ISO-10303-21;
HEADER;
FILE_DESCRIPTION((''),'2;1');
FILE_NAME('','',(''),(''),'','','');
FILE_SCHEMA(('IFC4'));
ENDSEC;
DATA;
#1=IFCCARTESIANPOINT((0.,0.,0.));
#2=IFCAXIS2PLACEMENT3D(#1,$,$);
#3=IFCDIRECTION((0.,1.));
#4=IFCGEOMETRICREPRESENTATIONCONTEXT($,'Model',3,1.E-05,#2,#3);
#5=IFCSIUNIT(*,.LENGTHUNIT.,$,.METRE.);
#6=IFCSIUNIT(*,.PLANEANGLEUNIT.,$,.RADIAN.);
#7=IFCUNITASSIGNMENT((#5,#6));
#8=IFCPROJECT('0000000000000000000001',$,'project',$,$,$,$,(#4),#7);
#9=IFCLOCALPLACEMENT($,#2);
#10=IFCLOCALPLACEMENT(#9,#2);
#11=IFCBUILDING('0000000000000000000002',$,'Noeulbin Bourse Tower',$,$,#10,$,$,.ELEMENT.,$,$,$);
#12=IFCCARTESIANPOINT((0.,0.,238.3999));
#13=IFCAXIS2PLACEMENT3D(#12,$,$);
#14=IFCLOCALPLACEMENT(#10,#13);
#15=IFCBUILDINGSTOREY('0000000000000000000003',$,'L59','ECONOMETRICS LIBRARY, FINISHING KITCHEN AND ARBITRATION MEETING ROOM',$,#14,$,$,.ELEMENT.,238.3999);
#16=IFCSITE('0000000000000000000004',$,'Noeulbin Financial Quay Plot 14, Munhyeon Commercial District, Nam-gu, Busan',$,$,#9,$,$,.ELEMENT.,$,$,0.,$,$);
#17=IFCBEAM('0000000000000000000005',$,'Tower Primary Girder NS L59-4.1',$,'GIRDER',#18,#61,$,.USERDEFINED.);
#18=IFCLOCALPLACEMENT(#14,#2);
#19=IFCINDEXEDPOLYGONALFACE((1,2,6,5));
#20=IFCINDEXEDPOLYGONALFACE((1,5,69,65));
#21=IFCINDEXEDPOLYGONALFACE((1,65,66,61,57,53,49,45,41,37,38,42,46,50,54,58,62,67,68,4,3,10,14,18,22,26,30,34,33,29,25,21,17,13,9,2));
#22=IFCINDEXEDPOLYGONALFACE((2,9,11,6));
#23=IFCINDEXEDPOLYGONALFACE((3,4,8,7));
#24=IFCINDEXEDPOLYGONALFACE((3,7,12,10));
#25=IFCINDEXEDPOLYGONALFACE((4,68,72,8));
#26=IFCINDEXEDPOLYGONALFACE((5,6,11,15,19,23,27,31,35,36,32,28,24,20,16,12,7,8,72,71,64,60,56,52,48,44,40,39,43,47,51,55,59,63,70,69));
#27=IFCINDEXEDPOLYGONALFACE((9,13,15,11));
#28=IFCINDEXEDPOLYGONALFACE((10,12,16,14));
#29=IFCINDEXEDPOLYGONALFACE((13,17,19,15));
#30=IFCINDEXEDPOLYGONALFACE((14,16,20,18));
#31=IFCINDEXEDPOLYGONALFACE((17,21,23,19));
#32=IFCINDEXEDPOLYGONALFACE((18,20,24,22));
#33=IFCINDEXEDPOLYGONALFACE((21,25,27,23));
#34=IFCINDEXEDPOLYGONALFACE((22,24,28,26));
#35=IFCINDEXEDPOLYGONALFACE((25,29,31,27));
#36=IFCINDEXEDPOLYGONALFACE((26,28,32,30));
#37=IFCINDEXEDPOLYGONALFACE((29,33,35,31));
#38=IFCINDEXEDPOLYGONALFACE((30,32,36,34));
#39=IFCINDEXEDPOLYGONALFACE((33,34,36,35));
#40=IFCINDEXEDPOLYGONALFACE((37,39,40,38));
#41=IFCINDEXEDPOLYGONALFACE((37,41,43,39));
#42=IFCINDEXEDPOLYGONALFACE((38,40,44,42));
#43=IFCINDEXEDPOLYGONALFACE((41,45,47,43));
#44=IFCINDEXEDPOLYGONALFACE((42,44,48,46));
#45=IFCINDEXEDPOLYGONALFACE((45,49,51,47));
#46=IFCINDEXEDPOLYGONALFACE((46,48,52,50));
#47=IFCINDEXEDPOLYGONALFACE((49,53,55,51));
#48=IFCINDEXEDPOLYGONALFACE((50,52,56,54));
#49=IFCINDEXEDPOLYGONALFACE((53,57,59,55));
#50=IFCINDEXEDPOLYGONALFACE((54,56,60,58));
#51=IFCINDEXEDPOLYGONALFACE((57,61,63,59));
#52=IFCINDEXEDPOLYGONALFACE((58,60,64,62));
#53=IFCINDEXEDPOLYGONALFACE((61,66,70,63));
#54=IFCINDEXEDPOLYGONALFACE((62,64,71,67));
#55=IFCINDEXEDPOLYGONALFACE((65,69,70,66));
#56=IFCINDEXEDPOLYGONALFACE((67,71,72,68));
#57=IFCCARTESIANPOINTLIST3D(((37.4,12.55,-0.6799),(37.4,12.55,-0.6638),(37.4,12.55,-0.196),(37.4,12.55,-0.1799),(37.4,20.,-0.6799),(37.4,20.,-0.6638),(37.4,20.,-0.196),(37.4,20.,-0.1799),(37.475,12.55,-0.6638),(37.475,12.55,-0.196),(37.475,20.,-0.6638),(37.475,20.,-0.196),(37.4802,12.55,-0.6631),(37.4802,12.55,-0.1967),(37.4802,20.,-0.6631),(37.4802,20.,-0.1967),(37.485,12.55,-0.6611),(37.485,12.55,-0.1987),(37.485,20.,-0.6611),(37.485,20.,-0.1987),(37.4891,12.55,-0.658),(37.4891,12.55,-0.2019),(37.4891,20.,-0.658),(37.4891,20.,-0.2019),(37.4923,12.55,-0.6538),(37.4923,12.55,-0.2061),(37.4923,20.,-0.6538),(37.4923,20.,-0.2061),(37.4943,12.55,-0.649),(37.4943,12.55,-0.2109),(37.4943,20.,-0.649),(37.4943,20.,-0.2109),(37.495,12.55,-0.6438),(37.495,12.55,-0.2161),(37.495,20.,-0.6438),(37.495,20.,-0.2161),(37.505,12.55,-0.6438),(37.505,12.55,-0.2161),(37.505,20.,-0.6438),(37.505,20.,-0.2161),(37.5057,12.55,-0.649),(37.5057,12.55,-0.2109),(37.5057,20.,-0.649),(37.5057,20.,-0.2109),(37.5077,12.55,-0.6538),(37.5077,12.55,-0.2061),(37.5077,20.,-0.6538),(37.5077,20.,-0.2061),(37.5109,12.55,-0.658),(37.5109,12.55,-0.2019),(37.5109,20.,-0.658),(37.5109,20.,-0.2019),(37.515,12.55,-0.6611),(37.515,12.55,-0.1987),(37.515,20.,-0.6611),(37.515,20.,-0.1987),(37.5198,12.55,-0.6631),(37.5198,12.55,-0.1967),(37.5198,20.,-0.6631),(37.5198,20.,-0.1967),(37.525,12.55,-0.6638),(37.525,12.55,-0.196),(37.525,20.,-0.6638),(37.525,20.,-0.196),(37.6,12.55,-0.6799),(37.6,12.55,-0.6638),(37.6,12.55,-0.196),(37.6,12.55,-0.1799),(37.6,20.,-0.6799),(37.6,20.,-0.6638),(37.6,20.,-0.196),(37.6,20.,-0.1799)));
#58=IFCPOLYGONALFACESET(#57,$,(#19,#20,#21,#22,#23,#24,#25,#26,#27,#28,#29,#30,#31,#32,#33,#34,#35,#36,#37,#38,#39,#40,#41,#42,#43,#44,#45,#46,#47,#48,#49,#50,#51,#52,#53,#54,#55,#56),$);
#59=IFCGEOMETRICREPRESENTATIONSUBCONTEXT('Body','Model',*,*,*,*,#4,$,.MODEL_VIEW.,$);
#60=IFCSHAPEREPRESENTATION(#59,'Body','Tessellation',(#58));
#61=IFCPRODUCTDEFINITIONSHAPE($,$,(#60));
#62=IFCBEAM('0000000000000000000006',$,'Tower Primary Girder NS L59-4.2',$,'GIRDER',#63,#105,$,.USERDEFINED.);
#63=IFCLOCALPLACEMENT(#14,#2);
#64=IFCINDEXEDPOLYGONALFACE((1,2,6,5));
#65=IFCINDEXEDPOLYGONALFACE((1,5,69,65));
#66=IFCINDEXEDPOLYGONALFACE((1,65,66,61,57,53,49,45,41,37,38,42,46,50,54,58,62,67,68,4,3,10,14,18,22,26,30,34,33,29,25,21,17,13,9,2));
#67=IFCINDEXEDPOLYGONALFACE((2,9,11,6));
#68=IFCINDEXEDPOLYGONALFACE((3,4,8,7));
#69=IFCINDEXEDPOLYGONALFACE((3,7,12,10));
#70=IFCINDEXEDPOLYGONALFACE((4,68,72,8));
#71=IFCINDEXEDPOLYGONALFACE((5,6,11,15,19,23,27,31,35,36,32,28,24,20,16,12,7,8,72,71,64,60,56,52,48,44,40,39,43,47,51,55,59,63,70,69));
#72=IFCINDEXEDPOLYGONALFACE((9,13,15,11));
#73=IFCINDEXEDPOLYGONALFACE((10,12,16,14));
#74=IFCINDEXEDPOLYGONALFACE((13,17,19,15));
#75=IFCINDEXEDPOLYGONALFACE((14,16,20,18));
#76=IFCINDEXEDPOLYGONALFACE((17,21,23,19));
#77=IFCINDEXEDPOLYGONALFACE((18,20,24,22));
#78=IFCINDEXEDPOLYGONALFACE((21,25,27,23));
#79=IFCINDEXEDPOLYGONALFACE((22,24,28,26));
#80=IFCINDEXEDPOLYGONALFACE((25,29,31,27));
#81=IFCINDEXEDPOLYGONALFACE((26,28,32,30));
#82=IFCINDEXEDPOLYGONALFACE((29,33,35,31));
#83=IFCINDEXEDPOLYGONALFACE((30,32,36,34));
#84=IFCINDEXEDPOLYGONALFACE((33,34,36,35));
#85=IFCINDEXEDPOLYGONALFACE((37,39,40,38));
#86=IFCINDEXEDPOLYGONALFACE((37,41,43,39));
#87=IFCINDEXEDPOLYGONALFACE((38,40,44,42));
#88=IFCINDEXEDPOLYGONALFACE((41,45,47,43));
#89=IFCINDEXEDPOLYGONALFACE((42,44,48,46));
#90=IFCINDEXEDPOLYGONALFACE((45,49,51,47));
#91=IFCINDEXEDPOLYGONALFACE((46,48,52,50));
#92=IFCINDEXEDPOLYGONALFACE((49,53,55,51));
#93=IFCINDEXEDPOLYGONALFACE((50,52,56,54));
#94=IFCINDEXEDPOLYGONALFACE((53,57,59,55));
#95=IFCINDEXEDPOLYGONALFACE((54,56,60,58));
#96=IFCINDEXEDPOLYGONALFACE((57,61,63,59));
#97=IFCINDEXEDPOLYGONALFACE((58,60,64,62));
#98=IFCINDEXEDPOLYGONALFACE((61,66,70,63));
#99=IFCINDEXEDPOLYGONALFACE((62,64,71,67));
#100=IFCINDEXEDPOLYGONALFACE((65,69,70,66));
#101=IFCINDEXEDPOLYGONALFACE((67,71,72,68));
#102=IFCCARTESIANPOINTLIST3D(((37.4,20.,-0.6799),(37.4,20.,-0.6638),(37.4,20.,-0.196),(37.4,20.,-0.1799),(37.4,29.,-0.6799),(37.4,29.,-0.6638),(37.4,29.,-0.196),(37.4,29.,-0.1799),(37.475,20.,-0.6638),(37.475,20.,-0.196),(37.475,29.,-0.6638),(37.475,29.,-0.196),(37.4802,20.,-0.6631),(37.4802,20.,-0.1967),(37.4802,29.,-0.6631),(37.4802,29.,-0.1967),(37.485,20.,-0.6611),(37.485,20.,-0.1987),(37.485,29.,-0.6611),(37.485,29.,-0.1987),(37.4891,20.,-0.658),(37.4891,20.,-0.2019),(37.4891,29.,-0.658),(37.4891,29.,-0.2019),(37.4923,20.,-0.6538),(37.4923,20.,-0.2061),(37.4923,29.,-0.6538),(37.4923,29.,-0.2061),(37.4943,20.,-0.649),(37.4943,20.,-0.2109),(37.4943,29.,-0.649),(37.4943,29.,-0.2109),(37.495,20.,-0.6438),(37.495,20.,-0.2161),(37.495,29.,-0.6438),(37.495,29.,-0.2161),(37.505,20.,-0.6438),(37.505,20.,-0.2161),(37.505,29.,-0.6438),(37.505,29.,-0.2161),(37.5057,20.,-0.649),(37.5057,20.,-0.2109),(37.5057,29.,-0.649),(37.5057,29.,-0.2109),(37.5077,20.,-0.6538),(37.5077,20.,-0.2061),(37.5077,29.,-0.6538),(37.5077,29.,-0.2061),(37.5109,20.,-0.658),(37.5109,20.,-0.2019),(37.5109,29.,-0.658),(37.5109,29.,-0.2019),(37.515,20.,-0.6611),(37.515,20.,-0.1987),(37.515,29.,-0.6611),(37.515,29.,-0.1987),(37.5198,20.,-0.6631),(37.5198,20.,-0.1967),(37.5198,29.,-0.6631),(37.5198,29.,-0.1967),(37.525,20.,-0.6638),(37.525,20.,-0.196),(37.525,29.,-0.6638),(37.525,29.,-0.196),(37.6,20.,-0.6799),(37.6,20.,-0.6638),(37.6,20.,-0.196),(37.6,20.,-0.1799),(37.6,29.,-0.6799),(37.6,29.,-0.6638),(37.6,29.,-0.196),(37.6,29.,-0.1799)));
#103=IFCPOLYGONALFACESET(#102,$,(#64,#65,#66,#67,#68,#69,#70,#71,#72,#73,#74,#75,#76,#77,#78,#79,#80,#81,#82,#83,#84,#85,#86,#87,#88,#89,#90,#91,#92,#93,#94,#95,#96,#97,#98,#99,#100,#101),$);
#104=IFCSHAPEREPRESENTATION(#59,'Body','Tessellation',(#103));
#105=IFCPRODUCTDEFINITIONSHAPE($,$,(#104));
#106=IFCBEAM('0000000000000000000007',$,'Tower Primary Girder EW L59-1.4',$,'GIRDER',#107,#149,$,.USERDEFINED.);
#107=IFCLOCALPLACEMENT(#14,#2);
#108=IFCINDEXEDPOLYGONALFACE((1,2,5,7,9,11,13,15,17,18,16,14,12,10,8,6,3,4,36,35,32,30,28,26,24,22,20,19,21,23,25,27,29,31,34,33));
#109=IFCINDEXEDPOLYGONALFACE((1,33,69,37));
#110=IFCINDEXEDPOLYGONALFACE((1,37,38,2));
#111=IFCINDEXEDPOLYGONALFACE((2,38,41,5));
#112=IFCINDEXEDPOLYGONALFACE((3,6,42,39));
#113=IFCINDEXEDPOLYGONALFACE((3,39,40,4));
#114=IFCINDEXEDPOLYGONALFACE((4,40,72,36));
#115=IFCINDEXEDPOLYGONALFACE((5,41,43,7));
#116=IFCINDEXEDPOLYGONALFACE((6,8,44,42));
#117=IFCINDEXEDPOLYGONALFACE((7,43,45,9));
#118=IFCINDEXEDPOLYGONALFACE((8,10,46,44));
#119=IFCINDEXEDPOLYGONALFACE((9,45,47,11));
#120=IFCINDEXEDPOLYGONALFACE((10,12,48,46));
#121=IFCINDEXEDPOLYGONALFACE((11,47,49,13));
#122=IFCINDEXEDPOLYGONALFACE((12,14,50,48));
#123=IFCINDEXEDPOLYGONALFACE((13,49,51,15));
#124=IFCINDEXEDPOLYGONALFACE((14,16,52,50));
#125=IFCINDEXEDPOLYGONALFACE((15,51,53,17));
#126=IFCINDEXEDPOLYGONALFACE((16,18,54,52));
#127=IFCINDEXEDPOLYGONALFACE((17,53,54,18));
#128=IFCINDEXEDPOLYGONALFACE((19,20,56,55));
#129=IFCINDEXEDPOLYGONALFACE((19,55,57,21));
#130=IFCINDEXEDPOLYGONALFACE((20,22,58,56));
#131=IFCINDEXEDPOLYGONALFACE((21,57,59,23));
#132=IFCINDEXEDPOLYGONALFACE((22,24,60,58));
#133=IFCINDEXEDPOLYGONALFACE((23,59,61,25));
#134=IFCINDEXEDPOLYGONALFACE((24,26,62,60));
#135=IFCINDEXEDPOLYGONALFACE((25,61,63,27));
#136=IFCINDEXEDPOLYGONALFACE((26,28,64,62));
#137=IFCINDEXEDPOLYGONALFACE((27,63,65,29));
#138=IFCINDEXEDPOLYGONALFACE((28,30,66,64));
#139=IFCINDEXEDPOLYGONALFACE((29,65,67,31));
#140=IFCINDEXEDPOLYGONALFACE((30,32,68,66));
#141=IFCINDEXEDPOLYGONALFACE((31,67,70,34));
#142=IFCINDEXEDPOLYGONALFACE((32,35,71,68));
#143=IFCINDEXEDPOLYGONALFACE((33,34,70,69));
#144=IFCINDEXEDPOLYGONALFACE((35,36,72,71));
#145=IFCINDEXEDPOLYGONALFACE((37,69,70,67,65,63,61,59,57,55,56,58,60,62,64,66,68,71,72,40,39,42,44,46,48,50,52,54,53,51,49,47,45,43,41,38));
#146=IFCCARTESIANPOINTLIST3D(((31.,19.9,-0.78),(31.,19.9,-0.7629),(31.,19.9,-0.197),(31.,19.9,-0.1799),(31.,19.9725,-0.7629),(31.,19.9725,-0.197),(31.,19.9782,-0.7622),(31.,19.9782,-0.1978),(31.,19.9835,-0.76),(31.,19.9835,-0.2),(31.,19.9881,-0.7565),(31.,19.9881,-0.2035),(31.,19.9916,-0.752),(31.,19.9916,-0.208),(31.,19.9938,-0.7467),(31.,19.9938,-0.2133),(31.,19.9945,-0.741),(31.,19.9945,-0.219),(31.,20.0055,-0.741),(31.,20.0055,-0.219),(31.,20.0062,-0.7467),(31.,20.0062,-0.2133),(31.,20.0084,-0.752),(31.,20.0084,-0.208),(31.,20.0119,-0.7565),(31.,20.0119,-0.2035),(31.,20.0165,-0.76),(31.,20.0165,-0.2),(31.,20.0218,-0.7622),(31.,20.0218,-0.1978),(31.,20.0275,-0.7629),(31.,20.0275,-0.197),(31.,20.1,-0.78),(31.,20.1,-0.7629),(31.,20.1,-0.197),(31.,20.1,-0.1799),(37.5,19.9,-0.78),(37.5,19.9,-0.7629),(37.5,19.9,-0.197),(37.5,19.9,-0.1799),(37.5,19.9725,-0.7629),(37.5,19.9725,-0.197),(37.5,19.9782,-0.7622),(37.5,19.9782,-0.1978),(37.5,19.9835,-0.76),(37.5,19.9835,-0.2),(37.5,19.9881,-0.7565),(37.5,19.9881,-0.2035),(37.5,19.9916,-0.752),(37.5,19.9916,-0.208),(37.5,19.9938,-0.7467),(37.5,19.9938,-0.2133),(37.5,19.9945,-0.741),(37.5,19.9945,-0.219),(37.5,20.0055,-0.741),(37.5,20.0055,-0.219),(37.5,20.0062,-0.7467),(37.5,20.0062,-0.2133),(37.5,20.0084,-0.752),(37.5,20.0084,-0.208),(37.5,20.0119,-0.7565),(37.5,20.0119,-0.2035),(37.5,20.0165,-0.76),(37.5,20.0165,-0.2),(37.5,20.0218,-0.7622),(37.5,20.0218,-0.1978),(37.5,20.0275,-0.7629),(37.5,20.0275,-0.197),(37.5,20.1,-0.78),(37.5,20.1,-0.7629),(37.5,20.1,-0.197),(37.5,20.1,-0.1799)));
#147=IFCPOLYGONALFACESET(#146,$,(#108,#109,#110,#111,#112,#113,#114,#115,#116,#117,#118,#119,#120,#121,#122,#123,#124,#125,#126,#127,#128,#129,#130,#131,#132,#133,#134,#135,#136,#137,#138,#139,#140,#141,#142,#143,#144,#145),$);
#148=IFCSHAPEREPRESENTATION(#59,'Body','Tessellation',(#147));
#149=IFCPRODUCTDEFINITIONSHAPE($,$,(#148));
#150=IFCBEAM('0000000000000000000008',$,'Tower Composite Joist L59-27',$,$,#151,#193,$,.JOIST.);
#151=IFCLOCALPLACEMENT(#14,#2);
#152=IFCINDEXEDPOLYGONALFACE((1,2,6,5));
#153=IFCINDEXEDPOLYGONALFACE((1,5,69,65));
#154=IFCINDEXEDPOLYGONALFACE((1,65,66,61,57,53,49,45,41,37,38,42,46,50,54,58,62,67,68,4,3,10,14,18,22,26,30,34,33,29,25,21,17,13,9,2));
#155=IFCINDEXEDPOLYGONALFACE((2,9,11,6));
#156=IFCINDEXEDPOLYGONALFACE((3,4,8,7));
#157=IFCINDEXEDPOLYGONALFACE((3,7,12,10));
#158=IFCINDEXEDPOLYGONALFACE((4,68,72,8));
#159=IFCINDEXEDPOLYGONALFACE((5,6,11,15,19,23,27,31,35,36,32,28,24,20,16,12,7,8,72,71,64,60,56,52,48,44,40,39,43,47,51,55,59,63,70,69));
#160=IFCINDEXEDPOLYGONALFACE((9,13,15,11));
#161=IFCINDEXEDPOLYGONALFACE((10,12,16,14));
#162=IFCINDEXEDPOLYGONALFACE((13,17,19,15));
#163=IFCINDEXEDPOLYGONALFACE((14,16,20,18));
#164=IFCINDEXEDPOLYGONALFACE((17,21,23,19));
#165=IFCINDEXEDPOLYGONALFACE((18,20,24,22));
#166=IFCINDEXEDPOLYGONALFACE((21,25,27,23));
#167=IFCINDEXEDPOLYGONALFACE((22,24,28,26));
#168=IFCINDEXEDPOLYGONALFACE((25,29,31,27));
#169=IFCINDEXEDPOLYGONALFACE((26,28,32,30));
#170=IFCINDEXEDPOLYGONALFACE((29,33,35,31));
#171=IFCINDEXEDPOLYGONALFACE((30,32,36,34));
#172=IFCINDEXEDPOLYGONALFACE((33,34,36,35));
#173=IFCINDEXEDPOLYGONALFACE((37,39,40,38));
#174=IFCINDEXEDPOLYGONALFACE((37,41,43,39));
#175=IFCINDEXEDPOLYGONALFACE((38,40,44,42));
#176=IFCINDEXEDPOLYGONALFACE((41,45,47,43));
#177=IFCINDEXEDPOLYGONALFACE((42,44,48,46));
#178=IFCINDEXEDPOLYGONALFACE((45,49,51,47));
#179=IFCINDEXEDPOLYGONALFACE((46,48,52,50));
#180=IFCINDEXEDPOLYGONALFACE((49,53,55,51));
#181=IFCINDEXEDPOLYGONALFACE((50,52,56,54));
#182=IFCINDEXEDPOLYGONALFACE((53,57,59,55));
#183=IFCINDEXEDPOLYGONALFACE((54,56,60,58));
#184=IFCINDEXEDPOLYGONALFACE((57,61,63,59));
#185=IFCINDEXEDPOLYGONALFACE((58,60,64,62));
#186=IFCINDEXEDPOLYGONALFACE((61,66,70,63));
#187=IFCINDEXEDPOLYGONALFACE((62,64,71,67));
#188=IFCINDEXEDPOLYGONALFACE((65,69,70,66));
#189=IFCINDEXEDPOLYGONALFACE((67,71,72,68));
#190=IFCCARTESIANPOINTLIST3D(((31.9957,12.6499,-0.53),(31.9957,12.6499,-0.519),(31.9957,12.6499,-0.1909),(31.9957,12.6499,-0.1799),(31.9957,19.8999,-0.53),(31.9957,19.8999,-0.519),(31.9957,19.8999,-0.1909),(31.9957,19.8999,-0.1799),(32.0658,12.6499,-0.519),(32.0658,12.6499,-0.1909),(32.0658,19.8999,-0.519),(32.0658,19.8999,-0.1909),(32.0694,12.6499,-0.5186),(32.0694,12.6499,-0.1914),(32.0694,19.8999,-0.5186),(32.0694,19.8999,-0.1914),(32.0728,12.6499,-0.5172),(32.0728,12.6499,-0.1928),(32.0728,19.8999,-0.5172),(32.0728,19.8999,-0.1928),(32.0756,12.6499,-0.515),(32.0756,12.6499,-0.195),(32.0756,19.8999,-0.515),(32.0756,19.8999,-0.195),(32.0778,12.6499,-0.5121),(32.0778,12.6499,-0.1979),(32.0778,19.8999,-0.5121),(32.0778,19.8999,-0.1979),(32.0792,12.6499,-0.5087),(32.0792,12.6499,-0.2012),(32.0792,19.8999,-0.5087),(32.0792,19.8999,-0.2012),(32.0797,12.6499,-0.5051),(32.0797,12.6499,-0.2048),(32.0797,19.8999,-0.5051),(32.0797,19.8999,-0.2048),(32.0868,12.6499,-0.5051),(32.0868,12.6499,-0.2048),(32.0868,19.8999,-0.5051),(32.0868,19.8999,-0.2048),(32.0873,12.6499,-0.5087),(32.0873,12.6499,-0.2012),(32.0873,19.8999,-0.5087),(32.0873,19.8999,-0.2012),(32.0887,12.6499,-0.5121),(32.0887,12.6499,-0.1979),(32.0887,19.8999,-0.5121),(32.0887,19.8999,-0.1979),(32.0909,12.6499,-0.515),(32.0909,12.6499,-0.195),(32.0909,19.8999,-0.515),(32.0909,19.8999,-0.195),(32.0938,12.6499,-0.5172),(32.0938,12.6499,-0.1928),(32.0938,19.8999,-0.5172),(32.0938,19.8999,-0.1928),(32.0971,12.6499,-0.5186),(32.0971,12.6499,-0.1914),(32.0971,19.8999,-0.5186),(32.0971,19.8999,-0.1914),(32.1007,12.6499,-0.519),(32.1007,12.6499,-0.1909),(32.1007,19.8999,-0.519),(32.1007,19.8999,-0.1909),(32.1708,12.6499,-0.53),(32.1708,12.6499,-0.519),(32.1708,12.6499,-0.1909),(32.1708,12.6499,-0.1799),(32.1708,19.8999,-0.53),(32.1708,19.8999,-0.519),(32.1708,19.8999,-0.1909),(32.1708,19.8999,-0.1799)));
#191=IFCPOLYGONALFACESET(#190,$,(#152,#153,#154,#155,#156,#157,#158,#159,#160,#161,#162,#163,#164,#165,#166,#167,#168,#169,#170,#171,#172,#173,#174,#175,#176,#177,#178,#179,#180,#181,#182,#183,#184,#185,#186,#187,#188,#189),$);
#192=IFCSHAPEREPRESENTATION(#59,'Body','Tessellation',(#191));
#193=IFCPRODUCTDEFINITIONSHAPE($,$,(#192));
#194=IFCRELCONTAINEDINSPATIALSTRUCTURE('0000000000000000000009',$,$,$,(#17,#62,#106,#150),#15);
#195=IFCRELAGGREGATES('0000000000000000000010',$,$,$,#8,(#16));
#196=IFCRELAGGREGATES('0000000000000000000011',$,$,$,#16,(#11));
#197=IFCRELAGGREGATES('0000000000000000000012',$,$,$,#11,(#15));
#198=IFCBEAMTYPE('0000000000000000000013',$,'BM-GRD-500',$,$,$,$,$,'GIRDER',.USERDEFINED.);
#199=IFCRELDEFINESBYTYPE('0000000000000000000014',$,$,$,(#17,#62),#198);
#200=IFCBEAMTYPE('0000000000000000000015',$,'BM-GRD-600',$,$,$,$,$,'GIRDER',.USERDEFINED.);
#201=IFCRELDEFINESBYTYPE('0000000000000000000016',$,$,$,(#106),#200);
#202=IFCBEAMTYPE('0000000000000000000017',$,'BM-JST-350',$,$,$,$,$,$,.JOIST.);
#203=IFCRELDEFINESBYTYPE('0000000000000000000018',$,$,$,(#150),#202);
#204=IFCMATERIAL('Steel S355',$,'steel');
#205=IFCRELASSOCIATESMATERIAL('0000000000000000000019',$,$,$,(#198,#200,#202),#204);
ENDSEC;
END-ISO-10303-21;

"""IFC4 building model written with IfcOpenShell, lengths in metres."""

from ifc_helpers import new_model, si_unit, direction, frame, origin, origin_2d, place, context, subcontext, project, spatial, i_section, extrude, material, material_profile, profile_set, type_object, element, save


model = new_model("IFC4")

# Units and contexts
model_context = context("Model", 3, precision=1e-05, world=origin(), true_north=direction((0.0, 1.0)))
body_context = subcontext(model_context, "Body", "Model", "MODEL_VIEW")
ifc_project = project(units=[si_unit("LENGTHUNIT", "METRE"), si_unit("PLANEANGLEUNIT", "RADIAN")], contexts=[model_context])

# Site, building, storey
site_placement = place(None, origin())
site = spatial("IfcSite", under=ifc_project, at=site_placement, Name="Noeulbin Financial Quay Plot 14, Munhyeon Commercial District, Nam-gu, Busan", CompositionType="ELEMENT", RefElevation=0.0)
building_placement = place(site_placement, origin())
building = spatial("IfcBuilding", under=site, at=building_placement, Name="Noeulbin Bourse Tower", CompositionType="ELEMENT")
storey_placement = place(building_placement, frame((0.0, 0.0, 238.3999)))
storey = spatial("IfcBuildingStorey", under=building, at=storey_placement, Name="L59", Description="ECONOMETRICS LIBRARY, FINISHING KITCHEN AND ARBITRATION MEETING ROOM", CompositionType="ELEMENT", Elevation=238.3999)

# Shared definitions
ifc_material_1 = material(Name="Steel S355", Category="steel")

# Beams
ifc_material_profile_1 = material_profile(ifc_material_1, i_section(OverallWidth=0.2, OverallDepth=0.5, WebThickness=0.01, FlangeThickness=0.0161, FilletRadius=0.02, at=origin_2d()), Name="H-500x200x10x16", Category="LoadBearing")
ifc_profile_set_1 = profile_set([ifc_material_profile_1], Name="Steel S355")
beam_type_1 = type_object("IfcBeamType", Name="BM-GRD-500", ElementType="GIRDER", PredefinedType="USERDEFINED", material=ifc_profile_set_1)
beam_1_placement = place(storey_placement, frame((37.5, 12.55, -0.4299), z_axis=(0.0, 1.0, 0.0), x_axis=(-1.0, 0.0, 0.0)))
element("IfcBeam", 1, at=beam_1_placement, inside=storey, type_object=beam_type_1, Name="Tower Primary Girder NS L59-4.1", ObjectType="GIRDER", PredefinedType="USERDEFINED", context=body_context, shape_type="SweptSolid", body=[
    extrude(i_section(OverallWidth=0.2, OverallDepth=0.5, WebThickness=0.01, FlangeThickness=0.0161, FilletRadius=0.02, at=origin_2d()), origin(), (0.0, 0.0, 1.0), 7.45),
])
beam_2_placement = place(storey_placement, frame((37.5, 20.0, -0.4299), z_axis=(0.0, 1.0, 0.0), x_axis=(-1.0, 0.0, 0.0)))
element("IfcBeam", 2, at=beam_2_placement, inside=storey, type_object=beam_type_1, Name="Tower Primary Girder NS L59-4.2", ObjectType="GIRDER", PredefinedType="USERDEFINED", context=body_context, shape_type="SweptSolid", body=[
    extrude(i_section(OverallWidth=0.2, OverallDepth=0.5, WebThickness=0.01, FlangeThickness=0.0161, FilletRadius=0.02, at=origin_2d()), origin(), (0.0, 0.0, 1.0), 9.0),
])
ifc_material_profile_2 = material_profile(ifc_material_1, i_section(OverallWidth=0.2, OverallDepth=0.6001, WebThickness=0.011, FlangeThickness=0.0171, FilletRadius=0.022, at=origin_2d()), Name="H-600x200x11x17", Category="LoadBearing")
ifc_profile_set_2 = profile_set([ifc_material_profile_2], Name="Steel S355")
beam_type_2 = type_object("IfcBeamType", Name="BM-GRD-600", ElementType="GIRDER", PredefinedType="USERDEFINED", material=ifc_profile_set_2)
beam_3_placement = place(storey_placement, frame((31.0, 20.0, -0.48), z_axis=(1.0, 0.0, 0.0), x_axis=(0.0, 1.0, 0.0)))
element("IfcBeam", 3, at=beam_3_placement, inside=storey, type_object=beam_type_2, Name="Tower Primary Girder EW L59-1.4", ObjectType="GIRDER", PredefinedType="USERDEFINED", context=body_context, shape_type="SweptSolid", body=[
    extrude(i_section(OverallWidth=0.2, OverallDepth=0.6001, WebThickness=0.011, FlangeThickness=0.0171, FilletRadius=0.022, at=origin_2d()), origin(), (0.0, 0.0, 1.0), 6.5),
])
ifc_material_profile_3 = material_profile(ifc_material_1, i_section(OverallWidth=0.175, OverallDepth=0.3501, WebThickness=0.0071, FlangeThickness=0.011, FilletRadius=0.0139, at=origin_2d()), Name="H-350x175x7x11", Category="LoadBearing")
ifc_profile_set_3 = profile_set([ifc_material_profile_3], Name="Steel S355")
beam_type_3 = type_object("IfcBeamType", Name="BM-JST-350", PredefinedType="JOIST", material=ifc_profile_set_3)
for number, where, z_axis, x_axis, name in (
    (4, (32.0833, 12.6499, -0.355), (0.0, 1.0, 0.0), (-1.0, 0.0, 0.0), "Tower Composite Joist L59-27"),
):
    element("IfcBeam", number, at=place(storey_placement, frame(where, z_axis=z_axis, x_axis=x_axis)), inside=storey, type_object=beam_type_3, Name=name, PredefinedType="JOIST", context=body_context, shape_type="SweptSolid", body=[
        extrude(i_section(OverallWidth=0.175, OverallDepth=0.3501, WebThickness=0.0071, FlangeThickness=0.011, FilletRadius=0.0139, at=origin_2d()), origin(), (0.0, 0.0, 1.0), 7.25),
    ])

save(model, "model.ifc")
